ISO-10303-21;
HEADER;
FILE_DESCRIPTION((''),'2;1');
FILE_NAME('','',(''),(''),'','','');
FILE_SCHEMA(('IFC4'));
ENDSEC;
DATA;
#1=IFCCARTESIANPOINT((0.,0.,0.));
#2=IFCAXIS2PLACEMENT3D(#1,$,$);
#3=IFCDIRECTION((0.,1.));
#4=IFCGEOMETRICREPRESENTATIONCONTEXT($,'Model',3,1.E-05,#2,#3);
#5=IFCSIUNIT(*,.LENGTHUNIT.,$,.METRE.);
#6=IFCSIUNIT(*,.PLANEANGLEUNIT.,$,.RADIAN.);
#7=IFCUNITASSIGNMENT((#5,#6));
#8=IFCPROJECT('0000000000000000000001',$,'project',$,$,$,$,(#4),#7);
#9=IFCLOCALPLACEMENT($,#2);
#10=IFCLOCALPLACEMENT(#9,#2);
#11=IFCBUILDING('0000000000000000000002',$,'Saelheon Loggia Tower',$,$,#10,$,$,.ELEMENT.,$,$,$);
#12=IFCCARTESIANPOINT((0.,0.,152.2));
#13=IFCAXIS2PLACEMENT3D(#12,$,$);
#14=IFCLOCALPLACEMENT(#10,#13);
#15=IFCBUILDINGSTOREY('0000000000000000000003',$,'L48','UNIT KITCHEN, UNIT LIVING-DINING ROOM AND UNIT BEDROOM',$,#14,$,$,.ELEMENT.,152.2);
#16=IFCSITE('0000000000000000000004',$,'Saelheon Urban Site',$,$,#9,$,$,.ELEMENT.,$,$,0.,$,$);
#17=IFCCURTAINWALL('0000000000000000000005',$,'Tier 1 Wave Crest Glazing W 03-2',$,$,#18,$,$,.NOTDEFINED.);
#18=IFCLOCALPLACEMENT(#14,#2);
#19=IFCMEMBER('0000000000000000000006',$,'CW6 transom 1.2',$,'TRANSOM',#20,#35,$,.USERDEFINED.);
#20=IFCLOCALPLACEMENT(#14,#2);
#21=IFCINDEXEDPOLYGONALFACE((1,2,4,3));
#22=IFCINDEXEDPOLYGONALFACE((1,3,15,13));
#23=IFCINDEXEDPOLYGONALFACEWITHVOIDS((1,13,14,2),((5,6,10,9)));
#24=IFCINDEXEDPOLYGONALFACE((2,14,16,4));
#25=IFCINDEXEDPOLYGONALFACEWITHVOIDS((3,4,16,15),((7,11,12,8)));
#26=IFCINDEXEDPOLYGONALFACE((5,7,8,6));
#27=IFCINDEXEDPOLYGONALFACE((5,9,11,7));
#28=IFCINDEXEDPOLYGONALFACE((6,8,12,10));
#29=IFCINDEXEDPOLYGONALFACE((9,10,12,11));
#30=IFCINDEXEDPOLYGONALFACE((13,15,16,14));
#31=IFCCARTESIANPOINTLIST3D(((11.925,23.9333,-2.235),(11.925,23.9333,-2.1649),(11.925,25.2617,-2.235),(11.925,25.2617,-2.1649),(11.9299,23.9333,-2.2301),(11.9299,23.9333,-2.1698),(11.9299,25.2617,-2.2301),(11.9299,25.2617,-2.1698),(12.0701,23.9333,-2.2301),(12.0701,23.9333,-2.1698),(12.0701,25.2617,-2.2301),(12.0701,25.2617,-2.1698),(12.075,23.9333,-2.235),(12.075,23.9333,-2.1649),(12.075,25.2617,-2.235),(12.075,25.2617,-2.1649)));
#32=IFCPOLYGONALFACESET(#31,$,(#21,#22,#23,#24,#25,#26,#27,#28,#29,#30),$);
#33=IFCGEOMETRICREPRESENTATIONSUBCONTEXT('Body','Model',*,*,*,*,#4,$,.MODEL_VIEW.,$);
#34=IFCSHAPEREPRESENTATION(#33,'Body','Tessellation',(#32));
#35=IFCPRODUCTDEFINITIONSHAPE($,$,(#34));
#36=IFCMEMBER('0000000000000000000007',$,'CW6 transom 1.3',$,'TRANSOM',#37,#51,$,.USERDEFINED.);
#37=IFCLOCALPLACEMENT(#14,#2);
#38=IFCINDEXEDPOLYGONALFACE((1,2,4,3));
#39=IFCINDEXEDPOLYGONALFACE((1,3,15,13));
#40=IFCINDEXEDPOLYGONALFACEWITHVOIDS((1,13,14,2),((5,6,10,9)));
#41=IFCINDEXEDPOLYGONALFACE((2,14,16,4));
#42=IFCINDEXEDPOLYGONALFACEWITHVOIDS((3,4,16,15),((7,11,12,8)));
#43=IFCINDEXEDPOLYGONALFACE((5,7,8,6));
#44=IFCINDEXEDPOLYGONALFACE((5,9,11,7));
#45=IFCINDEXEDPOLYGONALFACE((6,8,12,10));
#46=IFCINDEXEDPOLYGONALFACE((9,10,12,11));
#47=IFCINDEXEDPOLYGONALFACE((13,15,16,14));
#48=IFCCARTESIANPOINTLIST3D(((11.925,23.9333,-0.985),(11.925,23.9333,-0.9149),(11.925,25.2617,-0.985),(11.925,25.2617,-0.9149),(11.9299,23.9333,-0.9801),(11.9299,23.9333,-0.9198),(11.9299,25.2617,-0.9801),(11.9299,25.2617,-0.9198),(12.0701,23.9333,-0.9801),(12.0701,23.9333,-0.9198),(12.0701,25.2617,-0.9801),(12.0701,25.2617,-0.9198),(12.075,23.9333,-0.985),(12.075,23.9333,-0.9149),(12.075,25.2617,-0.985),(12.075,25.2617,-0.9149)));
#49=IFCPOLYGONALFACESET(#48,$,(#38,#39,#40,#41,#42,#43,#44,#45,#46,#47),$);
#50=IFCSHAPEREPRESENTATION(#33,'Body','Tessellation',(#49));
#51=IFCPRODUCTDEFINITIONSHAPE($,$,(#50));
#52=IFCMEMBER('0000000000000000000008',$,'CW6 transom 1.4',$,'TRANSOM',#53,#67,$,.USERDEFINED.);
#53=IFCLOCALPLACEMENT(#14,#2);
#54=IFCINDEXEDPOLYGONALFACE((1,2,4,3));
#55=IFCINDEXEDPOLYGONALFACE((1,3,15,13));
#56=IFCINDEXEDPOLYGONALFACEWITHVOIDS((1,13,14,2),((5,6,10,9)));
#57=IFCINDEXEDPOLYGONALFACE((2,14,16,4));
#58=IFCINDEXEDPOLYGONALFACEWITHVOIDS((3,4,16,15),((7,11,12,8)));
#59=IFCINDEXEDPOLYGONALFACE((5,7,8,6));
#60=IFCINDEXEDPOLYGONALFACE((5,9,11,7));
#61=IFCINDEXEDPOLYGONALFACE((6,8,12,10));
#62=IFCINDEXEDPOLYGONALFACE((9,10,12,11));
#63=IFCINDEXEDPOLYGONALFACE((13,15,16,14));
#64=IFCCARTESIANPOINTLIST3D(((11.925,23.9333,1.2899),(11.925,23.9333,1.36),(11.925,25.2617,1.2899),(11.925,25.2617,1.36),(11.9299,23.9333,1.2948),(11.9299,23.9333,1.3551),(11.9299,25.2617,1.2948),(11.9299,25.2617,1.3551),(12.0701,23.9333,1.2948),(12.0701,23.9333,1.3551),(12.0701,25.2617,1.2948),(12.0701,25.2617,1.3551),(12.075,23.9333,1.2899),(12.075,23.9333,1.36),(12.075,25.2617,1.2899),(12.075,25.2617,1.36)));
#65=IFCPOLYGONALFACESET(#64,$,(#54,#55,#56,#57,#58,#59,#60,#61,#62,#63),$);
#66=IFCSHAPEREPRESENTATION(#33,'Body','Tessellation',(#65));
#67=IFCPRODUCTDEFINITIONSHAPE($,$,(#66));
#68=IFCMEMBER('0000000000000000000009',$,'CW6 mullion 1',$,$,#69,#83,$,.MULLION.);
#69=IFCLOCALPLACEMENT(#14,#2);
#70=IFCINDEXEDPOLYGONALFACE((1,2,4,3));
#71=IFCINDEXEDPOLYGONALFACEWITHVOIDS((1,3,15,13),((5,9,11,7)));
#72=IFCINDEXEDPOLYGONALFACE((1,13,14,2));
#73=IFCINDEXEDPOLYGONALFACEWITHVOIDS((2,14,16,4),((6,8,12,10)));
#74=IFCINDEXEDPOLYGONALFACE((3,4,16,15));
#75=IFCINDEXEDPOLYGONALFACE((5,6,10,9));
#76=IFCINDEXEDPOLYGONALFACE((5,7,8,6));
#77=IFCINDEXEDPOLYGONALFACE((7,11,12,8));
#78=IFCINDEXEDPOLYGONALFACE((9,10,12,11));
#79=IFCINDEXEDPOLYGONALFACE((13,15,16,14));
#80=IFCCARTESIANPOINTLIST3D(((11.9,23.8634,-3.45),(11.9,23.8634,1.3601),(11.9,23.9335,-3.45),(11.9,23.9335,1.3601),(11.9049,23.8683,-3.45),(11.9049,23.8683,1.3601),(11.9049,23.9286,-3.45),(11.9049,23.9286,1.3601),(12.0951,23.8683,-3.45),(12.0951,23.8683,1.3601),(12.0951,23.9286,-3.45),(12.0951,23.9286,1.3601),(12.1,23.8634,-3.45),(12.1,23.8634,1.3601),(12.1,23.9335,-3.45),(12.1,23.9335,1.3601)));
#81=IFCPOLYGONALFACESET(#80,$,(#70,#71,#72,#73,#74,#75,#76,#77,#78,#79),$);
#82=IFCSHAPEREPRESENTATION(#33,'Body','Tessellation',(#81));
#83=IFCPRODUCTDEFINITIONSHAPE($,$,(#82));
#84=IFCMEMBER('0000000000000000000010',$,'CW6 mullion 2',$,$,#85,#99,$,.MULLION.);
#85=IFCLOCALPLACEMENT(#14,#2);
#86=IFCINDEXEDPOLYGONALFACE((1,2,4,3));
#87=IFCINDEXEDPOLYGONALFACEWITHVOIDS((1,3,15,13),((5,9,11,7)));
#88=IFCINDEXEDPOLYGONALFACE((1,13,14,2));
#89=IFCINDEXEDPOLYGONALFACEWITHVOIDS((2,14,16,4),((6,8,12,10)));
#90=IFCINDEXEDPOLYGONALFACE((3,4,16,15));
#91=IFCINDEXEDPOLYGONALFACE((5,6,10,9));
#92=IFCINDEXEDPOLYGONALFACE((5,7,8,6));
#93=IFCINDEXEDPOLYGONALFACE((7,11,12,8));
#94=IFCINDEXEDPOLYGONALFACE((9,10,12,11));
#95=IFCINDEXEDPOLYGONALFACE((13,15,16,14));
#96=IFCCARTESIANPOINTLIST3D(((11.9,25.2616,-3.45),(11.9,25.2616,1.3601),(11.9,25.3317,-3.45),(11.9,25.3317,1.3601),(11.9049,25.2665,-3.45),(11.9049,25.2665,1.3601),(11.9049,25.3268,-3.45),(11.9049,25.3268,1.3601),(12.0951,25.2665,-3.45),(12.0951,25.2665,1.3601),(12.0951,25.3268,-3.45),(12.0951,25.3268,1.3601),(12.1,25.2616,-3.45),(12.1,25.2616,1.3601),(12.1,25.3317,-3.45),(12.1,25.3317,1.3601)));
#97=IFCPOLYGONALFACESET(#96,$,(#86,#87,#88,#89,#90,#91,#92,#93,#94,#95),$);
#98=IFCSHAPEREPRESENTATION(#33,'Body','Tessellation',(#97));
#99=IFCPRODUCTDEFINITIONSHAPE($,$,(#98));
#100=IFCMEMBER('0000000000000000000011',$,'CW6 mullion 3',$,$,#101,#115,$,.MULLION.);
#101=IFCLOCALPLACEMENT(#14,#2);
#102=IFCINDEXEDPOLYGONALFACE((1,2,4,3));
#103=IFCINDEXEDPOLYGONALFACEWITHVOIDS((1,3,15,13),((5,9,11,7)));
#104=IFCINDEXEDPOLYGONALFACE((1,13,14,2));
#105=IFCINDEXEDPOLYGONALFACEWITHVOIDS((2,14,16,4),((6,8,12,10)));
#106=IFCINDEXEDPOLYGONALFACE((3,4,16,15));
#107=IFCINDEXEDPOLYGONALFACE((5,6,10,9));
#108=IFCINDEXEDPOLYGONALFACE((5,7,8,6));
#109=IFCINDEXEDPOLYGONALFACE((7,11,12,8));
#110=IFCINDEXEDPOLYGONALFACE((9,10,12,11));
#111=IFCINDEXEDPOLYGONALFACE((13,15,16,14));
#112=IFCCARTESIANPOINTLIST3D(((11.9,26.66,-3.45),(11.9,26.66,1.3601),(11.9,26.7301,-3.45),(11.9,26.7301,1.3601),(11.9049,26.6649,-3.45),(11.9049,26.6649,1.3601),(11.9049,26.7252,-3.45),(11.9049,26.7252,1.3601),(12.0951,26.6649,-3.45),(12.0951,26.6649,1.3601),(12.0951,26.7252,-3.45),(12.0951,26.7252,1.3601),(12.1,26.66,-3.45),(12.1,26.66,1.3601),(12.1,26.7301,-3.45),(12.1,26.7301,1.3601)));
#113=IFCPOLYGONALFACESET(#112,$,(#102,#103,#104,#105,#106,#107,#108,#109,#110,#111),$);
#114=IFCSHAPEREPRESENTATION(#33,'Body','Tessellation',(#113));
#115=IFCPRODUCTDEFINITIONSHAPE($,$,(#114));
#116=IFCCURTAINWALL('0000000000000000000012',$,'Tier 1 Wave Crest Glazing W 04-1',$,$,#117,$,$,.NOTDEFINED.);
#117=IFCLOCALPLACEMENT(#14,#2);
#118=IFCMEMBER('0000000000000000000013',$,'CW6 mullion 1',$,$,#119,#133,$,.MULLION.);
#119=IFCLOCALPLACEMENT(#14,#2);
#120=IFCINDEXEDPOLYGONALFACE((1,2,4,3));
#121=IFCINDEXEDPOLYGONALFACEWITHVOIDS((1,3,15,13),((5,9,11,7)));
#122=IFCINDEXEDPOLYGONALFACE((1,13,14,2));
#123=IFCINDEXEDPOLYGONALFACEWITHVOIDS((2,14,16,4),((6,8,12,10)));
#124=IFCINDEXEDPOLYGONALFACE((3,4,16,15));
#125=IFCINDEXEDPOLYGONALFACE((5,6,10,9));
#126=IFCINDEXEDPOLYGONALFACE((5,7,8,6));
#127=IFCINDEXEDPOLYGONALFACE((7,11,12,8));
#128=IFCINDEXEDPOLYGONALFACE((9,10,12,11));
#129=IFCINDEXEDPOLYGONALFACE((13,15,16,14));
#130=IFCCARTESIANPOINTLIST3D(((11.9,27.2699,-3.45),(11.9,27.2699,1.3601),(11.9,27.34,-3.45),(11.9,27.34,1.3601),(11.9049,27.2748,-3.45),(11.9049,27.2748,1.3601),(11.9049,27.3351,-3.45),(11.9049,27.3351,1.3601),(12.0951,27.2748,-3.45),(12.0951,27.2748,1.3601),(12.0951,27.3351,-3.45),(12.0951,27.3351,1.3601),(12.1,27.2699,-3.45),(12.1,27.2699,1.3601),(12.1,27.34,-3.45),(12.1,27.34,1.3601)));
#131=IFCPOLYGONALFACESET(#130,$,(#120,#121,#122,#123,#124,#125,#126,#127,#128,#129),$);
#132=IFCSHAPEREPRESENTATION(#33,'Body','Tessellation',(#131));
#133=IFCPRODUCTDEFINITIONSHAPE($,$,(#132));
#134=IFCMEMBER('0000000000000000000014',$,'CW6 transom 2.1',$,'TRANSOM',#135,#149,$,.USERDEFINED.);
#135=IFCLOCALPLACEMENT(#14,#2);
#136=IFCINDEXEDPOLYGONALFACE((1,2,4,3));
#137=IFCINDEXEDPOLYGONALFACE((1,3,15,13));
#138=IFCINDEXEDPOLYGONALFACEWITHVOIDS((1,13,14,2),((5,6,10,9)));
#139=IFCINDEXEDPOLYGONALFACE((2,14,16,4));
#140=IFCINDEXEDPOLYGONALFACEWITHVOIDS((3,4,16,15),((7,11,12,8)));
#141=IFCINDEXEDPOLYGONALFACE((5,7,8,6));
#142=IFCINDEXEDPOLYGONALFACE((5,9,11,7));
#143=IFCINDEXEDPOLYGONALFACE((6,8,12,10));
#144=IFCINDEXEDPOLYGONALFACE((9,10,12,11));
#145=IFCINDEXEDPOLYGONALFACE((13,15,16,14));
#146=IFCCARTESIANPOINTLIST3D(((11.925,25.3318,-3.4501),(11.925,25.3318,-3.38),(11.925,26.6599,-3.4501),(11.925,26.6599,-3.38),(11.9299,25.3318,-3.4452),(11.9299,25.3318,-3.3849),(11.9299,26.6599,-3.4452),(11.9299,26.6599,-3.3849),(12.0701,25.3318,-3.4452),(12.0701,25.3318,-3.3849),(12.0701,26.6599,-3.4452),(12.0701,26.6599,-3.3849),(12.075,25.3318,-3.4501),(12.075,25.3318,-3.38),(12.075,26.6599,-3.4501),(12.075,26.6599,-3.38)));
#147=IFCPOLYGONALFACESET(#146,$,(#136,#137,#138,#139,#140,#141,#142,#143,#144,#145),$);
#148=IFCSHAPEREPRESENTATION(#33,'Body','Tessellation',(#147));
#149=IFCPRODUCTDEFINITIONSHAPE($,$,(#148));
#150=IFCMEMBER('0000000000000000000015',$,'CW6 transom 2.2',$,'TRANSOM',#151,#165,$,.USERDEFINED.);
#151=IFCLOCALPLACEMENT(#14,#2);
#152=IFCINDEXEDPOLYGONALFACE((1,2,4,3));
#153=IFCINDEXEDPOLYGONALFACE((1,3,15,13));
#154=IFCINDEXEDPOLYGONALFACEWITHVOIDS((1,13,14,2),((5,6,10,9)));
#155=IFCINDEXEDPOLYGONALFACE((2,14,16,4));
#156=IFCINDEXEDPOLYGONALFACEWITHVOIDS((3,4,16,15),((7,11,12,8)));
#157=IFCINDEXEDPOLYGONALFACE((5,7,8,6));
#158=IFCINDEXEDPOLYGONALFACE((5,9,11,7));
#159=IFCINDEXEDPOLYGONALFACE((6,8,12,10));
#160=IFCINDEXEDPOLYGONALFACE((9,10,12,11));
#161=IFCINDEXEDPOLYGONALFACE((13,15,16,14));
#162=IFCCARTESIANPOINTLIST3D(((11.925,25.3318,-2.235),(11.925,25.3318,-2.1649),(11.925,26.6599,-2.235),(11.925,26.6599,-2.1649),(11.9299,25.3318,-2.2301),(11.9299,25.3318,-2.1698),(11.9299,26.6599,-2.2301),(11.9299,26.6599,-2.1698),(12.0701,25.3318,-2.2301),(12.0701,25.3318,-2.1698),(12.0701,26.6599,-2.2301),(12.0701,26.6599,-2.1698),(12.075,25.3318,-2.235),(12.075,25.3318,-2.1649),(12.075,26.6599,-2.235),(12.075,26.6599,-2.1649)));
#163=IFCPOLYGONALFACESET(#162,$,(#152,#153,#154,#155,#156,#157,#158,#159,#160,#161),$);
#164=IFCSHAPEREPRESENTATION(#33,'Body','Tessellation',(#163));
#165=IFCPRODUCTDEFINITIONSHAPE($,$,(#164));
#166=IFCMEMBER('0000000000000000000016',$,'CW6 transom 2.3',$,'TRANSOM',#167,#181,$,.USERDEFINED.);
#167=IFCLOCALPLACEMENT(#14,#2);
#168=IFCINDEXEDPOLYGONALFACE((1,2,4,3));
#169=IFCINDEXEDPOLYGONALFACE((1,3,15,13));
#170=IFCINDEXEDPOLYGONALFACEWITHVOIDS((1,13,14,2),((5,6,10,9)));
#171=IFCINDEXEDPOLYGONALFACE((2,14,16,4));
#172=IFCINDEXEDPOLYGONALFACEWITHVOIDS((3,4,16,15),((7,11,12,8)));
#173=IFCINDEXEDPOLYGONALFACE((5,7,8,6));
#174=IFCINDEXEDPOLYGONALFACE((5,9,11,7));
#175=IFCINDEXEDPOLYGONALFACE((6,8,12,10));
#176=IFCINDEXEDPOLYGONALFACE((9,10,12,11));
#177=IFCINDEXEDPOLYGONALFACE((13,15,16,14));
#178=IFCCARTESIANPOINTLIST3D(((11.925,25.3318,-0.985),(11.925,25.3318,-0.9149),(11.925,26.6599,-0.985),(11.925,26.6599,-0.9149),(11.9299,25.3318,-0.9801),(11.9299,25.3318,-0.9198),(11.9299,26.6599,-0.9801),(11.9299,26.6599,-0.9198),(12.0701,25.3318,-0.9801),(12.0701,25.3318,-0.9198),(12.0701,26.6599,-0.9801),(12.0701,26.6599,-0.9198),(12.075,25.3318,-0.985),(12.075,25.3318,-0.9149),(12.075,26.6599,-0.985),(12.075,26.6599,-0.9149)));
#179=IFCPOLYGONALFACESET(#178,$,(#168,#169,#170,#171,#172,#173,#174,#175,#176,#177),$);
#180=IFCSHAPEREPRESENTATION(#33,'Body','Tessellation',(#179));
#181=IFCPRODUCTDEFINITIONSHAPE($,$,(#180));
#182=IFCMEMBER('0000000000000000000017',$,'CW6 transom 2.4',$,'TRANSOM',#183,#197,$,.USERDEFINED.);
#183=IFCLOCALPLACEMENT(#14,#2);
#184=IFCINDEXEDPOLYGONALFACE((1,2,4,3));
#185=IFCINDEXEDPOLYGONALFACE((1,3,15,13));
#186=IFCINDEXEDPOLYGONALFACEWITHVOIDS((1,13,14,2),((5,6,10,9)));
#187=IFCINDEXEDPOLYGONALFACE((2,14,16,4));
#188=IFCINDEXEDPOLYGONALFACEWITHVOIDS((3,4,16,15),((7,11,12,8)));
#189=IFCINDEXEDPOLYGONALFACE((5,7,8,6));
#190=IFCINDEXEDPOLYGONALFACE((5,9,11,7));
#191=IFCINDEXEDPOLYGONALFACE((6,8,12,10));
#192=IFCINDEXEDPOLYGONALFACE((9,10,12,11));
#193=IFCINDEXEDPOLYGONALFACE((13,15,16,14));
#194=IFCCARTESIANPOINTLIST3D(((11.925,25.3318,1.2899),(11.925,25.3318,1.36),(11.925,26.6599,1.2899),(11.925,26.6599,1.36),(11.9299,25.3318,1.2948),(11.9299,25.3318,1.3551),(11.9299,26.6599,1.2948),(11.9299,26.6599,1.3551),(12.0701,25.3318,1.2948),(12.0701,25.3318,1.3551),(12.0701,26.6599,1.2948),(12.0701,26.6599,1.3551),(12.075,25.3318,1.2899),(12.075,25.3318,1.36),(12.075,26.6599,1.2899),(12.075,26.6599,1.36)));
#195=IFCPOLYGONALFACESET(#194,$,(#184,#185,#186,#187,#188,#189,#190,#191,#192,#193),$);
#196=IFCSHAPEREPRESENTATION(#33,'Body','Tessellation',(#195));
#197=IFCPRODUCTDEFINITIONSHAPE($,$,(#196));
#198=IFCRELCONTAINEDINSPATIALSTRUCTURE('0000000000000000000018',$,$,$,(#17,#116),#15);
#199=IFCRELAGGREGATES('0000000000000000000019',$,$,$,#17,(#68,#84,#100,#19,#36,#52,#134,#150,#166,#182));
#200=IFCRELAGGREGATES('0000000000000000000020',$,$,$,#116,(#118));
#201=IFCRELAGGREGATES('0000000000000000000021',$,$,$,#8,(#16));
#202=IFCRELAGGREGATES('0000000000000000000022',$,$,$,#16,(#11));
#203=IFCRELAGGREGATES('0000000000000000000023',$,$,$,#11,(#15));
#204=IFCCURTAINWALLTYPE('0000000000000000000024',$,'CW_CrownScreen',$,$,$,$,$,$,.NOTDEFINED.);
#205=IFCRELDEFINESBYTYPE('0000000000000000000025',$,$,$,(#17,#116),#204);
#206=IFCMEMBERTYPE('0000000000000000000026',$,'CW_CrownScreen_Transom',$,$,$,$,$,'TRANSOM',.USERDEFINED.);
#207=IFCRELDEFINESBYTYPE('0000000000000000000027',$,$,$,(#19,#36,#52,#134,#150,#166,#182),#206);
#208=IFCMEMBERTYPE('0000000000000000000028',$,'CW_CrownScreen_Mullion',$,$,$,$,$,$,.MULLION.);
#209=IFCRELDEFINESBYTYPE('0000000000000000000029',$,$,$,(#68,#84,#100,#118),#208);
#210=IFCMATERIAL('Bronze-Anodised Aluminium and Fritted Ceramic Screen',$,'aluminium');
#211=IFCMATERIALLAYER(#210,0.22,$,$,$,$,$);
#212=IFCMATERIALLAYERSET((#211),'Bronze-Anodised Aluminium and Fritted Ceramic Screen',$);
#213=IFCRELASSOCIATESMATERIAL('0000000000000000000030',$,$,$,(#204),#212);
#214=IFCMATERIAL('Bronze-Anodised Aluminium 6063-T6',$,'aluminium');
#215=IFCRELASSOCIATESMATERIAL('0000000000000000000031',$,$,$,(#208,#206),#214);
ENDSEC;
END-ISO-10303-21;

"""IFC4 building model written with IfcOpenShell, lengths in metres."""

from ifc_helpers import new_model, si_unit, direction, frame, origin, origin_2d, place, context, subcontext, project, spatial, hollow_rectangle, extrude, source, transform, mapped, material, layer, layer_set, material_profile, profile_set, type_object, element, aggregate, save


model = new_model("IFC4")

# Units and contexts
model_context = context("Model", 3, precision=1e-05, world=origin(), true_north=direction((0.0, 1.0)))
body_context = subcontext(model_context, "Body", "Model", "MODEL_VIEW")
ifc_project = project(units=[si_unit("LENGTHUNIT", "METRE"), si_unit("PLANEANGLEUNIT", "RADIAN")], contexts=[model_context])

# Site, building, storey
site_placement = place(None, origin())
site = spatial("IfcSite", under=ifc_project, at=site_placement, Name="Saelheon Urban Site", CompositionType="ELEMENT", RefElevation=0.0)
building_placement = place(site_placement, origin())
building = spatial("IfcBuilding", under=site, at=building_placement, Name="Saelheon Loggia Tower", CompositionType="ELEMENT")
storey_placement = place(building_placement, frame((0.0, 0.0, 152.2)))
storey = spatial("IfcBuildingStorey", under=building, at=storey_placement, Name="L48", Description="UNIT KITCHEN, UNIT LIVING-DINING ROOM AND UNIT BEDROOM", CompositionType="ELEMENT", Elevation=152.2)

# Curtain wall, members
ifc_material_1 = material(Name="Bronze-Anodised Aluminium and Fritted Ceramic Screen", Category="aluminium")
ifc_layer_1 = layer(ifc_material_1, 0.22)
ifc_layer_set_1 = layer_set([ifc_layer_1], Name="Bronze-Anodised Aluminium and Fritted Ceramic Screen")
curtain_wall_type = type_object("IfcCurtainWallType", Name="CW_CrownScreen", PredefinedType="NOTDEFINED", material=ifc_layer_set_1)
ifc_material_2 = material(Name="Bronze-Anodised Aluminium 6063-T6", Category="aluminium")
ifc_material_profile_1 = material_profile(ifc_material_2, hollow_rectangle(XDim=0.0701, YDim=0.2, WallThickness=0.0049, at=origin_2d()), Name="RHS-200x70x5")
ifc_profile_set_1 = profile_set([ifc_material_profile_1], Name="Bronze-Anodised Aluminium 6063-T6")
member_type_1 = type_object("IfcMemberType", Name="CW_CrownScreen_Mullion", PredefinedType="MULLION", material=ifc_profile_set_1)
ifc_material_profile_2 = material_profile(ifc_material_2, hollow_rectangle(XDim=0.0701, YDim=0.1499, WallThickness=0.0049, at=origin_2d()), Name="RHS-150x70x5")
ifc_profile_set_2 = profile_set([ifc_material_profile_2], Name="Bronze-Anodised Aluminium 6063-T6")
member_type_2 = type_object("IfcMemberType", Name="CW_CrownScreen_Transom", ElementType="TRANSOM", PredefinedType="USERDEFINED", material=ifc_profile_set_2)
shared_shape_1 = source(origin(), body_context, "Body", "SweptSolid", [
    extrude(hollow_rectangle(XDim=0.0701, YDim=0.1499, WallThickness=0.0049, at=origin_2d()), origin(), (0.0, 0.0, 1.0), 1.3284),
])
curtain_wall_1_placement = place(storey_placement, origin())
curtain_wall_1 = element("IfcCurtainWall", 1, at=curtain_wall_1_placement, inside=storey, type_object=curtain_wall_type, Name="Tier 1 Wave Crest Glazing W 03-2", PredefinedType="NOTDEFINED")
member_1_placement = place(storey_placement, frame((12.0, 23.9333, -2.2), z_axis=(0.0, 1.0, 0.0), x_axis=(0.0, 0.0, 1.0)))
member_1 = element("IfcMember", 2, at=member_1_placement, type_object=member_type_2, Name="CW6 transom 1.2", ObjectType="TRANSOM", PredefinedType="USERDEFINED", context=body_context, shape_type="MappedRepresentation", body=[
    mapped(shared_shape_1, transform((0.0, 0.0, 0.0), scale=1.0)),
])
member_2_placement = place(storey_placement, frame((12.0, 23.9333, -0.95), z_axis=(0.0, 1.0, 0.0), x_axis=(0.0, 0.0, 1.0)))
member_2 = element("IfcMember", 3, at=member_2_placement, type_object=member_type_2, Name="CW6 transom 1.3", ObjectType="TRANSOM", PredefinedType="USERDEFINED", context=body_context, shape_type="MappedRepresentation", body=[
    mapped(shared_shape_1, transform((0.0, 0.0, 0.0), scale=1.0)),
])
member_3_placement = place(storey_placement, frame((12.0, 23.9333, 1.325), z_axis=(0.0, 1.0, 0.0), x_axis=(0.0, 0.0, 1.0)))
member_3 = element("IfcMember", 4, at=member_3_placement, type_object=member_type_2, Name="CW6 transom 1.4", ObjectType="TRANSOM", PredefinedType="USERDEFINED", context=body_context, shape_type="MappedRepresentation", body=[
    mapped(shared_shape_1, transform((0.0, 0.0, 0.0), scale=1.0)),
])
shared_shape_2 = source(origin(), body_context, "Body", "SweptSolid", [
    extrude(hollow_rectangle(XDim=0.0701, YDim=0.2, WallThickness=0.0049, at=origin_2d()), origin(), (0.0, 0.0, 1.0), 4.8101),
])
member_4_placement = place(storey_placement, frame((12.0, 23.8984, -3.45), z_axis=(0.0, 0.0, 1.0), x_axis=(0.0, 1.0, 0.0)))
member_4 = element("IfcMember", 5, at=member_4_placement, type_object=member_type_1, Name="CW6 mullion 1", PredefinedType="MULLION", context=body_context, shape_type="MappedRepresentation", body=[
    mapped(shared_shape_2, transform((0.0, 0.0, 0.0), scale=1.0)),
])
member_5_placement = place(storey_placement, frame((12.0, 25.2966, -3.45), z_axis=(0.0, 0.0, 1.0), x_axis=(0.0, 1.0, 0.0)))
member_5 = element("IfcMember", 6, at=member_5_placement, type_object=member_type_1, Name="CW6 mullion 2", PredefinedType="MULLION", context=body_context, shape_type="MappedRepresentation", body=[
    mapped(shared_shape_2, transform((0.0, 0.0, 0.0), scale=1.0)),
])
member_6_placement = place(storey_placement, frame((12.0, 26.6951, -3.45), z_axis=(0.0, 0.0, 1.0), x_axis=(0.0, 1.0, 0.0)))
member_6 = element("IfcMember", 7, at=member_6_placement, type_object=member_type_1, Name="CW6 mullion 3", PredefinedType="MULLION", context=body_context, shape_type="MappedRepresentation", body=[
    mapped(shared_shape_2, transform((0.0, 0.0, 0.0), scale=1.0)),
])

# Curtain wall, member
curtain_wall_2_placement = place(storey_placement, origin())
curtain_wall_2 = element("IfcCurtainWall", 8, at=curtain_wall_2_placement, inside=storey, type_object=curtain_wall_type, Name="Tier 1 Wave Crest Glazing W 04-1", PredefinedType="NOTDEFINED")
member_7_placement = place(storey_placement, frame((12.0, 27.3049, -3.45), z_axis=(0.0, 0.0, 1.0), x_axis=(0.0, 1.0, 0.0)))
member_7 = element("IfcMember", 9, at=member_7_placement, type_object=member_type_1, Name="CW6 mullion 1", PredefinedType="MULLION", context=body_context, shape_type="MappedRepresentation", body=[
    mapped(shared_shape_2, transform((0.0, 0.0, 0.0), scale=1.0)),
])

# Members
shared_shape_3 = source(origin(), body_context, "Body", "SweptSolid", [
    extrude(hollow_rectangle(XDim=0.0701, YDim=0.1499, WallThickness=0.0049, at=origin_2d()), origin(), (0.0, 0.0, 1.0), 1.3281),
])
member_8_placement = place(storey_placement, frame((12.0, 25.3318, -3.415), z_axis=(0.0, 1.0, 0.0), x_axis=(0.0, 0.0, 1.0)))
member_8 = element("IfcMember", 10, at=member_8_placement, type_object=member_type_2, Name="CW6 transom 2.1", ObjectType="TRANSOM", PredefinedType="USERDEFINED", context=body_context, shape_type="MappedRepresentation", body=[
    mapped(shared_shape_3, transform((0.0, 0.0, 0.0), scale=1.0)),
])
member_9_placement = place(storey_placement, frame((12.0, 25.3318, -2.2), z_axis=(0.0, 1.0, 0.0), x_axis=(0.0, 0.0, 1.0)))
member_9 = element("IfcMember", 11, at=member_9_placement, type_object=member_type_2, Name="CW6 transom 2.2", ObjectType="TRANSOM", PredefinedType="USERDEFINED", context=body_context, shape_type="MappedRepresentation", body=[
    mapped(shared_shape_3, transform((0.0, 0.0, 0.0), scale=1.0)),
])
member_10_placement = place(storey_placement, frame((12.0, 25.3318, -0.95), z_axis=(0.0, 1.0, 0.0), x_axis=(0.0, 0.0, 1.0)))
member_10 = element("IfcMember", 12, at=member_10_placement, type_object=member_type_2, Name="CW6 transom 2.3", ObjectType="TRANSOM", PredefinedType="USERDEFINED", context=body_context, shape_type="MappedRepresentation", body=[
    mapped(shared_shape_3, transform((0.0, 0.0, 0.0), scale=1.0)),
])
member_11_placement = place(storey_placement, frame((12.0, 25.3318, 1.325), z_axis=(0.0, 1.0, 0.0), x_axis=(0.0, 0.0, 1.0)))
member_11 = element("IfcMember", 13, at=member_11_placement, type_object=member_type_2, Name="CW6 transom 2.4", ObjectType="TRANSOM", PredefinedType="USERDEFINED", context=body_context, shape_type="MappedRepresentation", body=[
    mapped(shared_shape_3, transform((0.0, 0.0, 0.0), scale=1.0)),
])

aggregate(curtain_wall_1, [member_4, member_5, member_6, member_1, member_2, member_3, member_8, member_9, member_10, member_11])
aggregate(curtain_wall_2, [member_7])

save(model, "model.ifc")
